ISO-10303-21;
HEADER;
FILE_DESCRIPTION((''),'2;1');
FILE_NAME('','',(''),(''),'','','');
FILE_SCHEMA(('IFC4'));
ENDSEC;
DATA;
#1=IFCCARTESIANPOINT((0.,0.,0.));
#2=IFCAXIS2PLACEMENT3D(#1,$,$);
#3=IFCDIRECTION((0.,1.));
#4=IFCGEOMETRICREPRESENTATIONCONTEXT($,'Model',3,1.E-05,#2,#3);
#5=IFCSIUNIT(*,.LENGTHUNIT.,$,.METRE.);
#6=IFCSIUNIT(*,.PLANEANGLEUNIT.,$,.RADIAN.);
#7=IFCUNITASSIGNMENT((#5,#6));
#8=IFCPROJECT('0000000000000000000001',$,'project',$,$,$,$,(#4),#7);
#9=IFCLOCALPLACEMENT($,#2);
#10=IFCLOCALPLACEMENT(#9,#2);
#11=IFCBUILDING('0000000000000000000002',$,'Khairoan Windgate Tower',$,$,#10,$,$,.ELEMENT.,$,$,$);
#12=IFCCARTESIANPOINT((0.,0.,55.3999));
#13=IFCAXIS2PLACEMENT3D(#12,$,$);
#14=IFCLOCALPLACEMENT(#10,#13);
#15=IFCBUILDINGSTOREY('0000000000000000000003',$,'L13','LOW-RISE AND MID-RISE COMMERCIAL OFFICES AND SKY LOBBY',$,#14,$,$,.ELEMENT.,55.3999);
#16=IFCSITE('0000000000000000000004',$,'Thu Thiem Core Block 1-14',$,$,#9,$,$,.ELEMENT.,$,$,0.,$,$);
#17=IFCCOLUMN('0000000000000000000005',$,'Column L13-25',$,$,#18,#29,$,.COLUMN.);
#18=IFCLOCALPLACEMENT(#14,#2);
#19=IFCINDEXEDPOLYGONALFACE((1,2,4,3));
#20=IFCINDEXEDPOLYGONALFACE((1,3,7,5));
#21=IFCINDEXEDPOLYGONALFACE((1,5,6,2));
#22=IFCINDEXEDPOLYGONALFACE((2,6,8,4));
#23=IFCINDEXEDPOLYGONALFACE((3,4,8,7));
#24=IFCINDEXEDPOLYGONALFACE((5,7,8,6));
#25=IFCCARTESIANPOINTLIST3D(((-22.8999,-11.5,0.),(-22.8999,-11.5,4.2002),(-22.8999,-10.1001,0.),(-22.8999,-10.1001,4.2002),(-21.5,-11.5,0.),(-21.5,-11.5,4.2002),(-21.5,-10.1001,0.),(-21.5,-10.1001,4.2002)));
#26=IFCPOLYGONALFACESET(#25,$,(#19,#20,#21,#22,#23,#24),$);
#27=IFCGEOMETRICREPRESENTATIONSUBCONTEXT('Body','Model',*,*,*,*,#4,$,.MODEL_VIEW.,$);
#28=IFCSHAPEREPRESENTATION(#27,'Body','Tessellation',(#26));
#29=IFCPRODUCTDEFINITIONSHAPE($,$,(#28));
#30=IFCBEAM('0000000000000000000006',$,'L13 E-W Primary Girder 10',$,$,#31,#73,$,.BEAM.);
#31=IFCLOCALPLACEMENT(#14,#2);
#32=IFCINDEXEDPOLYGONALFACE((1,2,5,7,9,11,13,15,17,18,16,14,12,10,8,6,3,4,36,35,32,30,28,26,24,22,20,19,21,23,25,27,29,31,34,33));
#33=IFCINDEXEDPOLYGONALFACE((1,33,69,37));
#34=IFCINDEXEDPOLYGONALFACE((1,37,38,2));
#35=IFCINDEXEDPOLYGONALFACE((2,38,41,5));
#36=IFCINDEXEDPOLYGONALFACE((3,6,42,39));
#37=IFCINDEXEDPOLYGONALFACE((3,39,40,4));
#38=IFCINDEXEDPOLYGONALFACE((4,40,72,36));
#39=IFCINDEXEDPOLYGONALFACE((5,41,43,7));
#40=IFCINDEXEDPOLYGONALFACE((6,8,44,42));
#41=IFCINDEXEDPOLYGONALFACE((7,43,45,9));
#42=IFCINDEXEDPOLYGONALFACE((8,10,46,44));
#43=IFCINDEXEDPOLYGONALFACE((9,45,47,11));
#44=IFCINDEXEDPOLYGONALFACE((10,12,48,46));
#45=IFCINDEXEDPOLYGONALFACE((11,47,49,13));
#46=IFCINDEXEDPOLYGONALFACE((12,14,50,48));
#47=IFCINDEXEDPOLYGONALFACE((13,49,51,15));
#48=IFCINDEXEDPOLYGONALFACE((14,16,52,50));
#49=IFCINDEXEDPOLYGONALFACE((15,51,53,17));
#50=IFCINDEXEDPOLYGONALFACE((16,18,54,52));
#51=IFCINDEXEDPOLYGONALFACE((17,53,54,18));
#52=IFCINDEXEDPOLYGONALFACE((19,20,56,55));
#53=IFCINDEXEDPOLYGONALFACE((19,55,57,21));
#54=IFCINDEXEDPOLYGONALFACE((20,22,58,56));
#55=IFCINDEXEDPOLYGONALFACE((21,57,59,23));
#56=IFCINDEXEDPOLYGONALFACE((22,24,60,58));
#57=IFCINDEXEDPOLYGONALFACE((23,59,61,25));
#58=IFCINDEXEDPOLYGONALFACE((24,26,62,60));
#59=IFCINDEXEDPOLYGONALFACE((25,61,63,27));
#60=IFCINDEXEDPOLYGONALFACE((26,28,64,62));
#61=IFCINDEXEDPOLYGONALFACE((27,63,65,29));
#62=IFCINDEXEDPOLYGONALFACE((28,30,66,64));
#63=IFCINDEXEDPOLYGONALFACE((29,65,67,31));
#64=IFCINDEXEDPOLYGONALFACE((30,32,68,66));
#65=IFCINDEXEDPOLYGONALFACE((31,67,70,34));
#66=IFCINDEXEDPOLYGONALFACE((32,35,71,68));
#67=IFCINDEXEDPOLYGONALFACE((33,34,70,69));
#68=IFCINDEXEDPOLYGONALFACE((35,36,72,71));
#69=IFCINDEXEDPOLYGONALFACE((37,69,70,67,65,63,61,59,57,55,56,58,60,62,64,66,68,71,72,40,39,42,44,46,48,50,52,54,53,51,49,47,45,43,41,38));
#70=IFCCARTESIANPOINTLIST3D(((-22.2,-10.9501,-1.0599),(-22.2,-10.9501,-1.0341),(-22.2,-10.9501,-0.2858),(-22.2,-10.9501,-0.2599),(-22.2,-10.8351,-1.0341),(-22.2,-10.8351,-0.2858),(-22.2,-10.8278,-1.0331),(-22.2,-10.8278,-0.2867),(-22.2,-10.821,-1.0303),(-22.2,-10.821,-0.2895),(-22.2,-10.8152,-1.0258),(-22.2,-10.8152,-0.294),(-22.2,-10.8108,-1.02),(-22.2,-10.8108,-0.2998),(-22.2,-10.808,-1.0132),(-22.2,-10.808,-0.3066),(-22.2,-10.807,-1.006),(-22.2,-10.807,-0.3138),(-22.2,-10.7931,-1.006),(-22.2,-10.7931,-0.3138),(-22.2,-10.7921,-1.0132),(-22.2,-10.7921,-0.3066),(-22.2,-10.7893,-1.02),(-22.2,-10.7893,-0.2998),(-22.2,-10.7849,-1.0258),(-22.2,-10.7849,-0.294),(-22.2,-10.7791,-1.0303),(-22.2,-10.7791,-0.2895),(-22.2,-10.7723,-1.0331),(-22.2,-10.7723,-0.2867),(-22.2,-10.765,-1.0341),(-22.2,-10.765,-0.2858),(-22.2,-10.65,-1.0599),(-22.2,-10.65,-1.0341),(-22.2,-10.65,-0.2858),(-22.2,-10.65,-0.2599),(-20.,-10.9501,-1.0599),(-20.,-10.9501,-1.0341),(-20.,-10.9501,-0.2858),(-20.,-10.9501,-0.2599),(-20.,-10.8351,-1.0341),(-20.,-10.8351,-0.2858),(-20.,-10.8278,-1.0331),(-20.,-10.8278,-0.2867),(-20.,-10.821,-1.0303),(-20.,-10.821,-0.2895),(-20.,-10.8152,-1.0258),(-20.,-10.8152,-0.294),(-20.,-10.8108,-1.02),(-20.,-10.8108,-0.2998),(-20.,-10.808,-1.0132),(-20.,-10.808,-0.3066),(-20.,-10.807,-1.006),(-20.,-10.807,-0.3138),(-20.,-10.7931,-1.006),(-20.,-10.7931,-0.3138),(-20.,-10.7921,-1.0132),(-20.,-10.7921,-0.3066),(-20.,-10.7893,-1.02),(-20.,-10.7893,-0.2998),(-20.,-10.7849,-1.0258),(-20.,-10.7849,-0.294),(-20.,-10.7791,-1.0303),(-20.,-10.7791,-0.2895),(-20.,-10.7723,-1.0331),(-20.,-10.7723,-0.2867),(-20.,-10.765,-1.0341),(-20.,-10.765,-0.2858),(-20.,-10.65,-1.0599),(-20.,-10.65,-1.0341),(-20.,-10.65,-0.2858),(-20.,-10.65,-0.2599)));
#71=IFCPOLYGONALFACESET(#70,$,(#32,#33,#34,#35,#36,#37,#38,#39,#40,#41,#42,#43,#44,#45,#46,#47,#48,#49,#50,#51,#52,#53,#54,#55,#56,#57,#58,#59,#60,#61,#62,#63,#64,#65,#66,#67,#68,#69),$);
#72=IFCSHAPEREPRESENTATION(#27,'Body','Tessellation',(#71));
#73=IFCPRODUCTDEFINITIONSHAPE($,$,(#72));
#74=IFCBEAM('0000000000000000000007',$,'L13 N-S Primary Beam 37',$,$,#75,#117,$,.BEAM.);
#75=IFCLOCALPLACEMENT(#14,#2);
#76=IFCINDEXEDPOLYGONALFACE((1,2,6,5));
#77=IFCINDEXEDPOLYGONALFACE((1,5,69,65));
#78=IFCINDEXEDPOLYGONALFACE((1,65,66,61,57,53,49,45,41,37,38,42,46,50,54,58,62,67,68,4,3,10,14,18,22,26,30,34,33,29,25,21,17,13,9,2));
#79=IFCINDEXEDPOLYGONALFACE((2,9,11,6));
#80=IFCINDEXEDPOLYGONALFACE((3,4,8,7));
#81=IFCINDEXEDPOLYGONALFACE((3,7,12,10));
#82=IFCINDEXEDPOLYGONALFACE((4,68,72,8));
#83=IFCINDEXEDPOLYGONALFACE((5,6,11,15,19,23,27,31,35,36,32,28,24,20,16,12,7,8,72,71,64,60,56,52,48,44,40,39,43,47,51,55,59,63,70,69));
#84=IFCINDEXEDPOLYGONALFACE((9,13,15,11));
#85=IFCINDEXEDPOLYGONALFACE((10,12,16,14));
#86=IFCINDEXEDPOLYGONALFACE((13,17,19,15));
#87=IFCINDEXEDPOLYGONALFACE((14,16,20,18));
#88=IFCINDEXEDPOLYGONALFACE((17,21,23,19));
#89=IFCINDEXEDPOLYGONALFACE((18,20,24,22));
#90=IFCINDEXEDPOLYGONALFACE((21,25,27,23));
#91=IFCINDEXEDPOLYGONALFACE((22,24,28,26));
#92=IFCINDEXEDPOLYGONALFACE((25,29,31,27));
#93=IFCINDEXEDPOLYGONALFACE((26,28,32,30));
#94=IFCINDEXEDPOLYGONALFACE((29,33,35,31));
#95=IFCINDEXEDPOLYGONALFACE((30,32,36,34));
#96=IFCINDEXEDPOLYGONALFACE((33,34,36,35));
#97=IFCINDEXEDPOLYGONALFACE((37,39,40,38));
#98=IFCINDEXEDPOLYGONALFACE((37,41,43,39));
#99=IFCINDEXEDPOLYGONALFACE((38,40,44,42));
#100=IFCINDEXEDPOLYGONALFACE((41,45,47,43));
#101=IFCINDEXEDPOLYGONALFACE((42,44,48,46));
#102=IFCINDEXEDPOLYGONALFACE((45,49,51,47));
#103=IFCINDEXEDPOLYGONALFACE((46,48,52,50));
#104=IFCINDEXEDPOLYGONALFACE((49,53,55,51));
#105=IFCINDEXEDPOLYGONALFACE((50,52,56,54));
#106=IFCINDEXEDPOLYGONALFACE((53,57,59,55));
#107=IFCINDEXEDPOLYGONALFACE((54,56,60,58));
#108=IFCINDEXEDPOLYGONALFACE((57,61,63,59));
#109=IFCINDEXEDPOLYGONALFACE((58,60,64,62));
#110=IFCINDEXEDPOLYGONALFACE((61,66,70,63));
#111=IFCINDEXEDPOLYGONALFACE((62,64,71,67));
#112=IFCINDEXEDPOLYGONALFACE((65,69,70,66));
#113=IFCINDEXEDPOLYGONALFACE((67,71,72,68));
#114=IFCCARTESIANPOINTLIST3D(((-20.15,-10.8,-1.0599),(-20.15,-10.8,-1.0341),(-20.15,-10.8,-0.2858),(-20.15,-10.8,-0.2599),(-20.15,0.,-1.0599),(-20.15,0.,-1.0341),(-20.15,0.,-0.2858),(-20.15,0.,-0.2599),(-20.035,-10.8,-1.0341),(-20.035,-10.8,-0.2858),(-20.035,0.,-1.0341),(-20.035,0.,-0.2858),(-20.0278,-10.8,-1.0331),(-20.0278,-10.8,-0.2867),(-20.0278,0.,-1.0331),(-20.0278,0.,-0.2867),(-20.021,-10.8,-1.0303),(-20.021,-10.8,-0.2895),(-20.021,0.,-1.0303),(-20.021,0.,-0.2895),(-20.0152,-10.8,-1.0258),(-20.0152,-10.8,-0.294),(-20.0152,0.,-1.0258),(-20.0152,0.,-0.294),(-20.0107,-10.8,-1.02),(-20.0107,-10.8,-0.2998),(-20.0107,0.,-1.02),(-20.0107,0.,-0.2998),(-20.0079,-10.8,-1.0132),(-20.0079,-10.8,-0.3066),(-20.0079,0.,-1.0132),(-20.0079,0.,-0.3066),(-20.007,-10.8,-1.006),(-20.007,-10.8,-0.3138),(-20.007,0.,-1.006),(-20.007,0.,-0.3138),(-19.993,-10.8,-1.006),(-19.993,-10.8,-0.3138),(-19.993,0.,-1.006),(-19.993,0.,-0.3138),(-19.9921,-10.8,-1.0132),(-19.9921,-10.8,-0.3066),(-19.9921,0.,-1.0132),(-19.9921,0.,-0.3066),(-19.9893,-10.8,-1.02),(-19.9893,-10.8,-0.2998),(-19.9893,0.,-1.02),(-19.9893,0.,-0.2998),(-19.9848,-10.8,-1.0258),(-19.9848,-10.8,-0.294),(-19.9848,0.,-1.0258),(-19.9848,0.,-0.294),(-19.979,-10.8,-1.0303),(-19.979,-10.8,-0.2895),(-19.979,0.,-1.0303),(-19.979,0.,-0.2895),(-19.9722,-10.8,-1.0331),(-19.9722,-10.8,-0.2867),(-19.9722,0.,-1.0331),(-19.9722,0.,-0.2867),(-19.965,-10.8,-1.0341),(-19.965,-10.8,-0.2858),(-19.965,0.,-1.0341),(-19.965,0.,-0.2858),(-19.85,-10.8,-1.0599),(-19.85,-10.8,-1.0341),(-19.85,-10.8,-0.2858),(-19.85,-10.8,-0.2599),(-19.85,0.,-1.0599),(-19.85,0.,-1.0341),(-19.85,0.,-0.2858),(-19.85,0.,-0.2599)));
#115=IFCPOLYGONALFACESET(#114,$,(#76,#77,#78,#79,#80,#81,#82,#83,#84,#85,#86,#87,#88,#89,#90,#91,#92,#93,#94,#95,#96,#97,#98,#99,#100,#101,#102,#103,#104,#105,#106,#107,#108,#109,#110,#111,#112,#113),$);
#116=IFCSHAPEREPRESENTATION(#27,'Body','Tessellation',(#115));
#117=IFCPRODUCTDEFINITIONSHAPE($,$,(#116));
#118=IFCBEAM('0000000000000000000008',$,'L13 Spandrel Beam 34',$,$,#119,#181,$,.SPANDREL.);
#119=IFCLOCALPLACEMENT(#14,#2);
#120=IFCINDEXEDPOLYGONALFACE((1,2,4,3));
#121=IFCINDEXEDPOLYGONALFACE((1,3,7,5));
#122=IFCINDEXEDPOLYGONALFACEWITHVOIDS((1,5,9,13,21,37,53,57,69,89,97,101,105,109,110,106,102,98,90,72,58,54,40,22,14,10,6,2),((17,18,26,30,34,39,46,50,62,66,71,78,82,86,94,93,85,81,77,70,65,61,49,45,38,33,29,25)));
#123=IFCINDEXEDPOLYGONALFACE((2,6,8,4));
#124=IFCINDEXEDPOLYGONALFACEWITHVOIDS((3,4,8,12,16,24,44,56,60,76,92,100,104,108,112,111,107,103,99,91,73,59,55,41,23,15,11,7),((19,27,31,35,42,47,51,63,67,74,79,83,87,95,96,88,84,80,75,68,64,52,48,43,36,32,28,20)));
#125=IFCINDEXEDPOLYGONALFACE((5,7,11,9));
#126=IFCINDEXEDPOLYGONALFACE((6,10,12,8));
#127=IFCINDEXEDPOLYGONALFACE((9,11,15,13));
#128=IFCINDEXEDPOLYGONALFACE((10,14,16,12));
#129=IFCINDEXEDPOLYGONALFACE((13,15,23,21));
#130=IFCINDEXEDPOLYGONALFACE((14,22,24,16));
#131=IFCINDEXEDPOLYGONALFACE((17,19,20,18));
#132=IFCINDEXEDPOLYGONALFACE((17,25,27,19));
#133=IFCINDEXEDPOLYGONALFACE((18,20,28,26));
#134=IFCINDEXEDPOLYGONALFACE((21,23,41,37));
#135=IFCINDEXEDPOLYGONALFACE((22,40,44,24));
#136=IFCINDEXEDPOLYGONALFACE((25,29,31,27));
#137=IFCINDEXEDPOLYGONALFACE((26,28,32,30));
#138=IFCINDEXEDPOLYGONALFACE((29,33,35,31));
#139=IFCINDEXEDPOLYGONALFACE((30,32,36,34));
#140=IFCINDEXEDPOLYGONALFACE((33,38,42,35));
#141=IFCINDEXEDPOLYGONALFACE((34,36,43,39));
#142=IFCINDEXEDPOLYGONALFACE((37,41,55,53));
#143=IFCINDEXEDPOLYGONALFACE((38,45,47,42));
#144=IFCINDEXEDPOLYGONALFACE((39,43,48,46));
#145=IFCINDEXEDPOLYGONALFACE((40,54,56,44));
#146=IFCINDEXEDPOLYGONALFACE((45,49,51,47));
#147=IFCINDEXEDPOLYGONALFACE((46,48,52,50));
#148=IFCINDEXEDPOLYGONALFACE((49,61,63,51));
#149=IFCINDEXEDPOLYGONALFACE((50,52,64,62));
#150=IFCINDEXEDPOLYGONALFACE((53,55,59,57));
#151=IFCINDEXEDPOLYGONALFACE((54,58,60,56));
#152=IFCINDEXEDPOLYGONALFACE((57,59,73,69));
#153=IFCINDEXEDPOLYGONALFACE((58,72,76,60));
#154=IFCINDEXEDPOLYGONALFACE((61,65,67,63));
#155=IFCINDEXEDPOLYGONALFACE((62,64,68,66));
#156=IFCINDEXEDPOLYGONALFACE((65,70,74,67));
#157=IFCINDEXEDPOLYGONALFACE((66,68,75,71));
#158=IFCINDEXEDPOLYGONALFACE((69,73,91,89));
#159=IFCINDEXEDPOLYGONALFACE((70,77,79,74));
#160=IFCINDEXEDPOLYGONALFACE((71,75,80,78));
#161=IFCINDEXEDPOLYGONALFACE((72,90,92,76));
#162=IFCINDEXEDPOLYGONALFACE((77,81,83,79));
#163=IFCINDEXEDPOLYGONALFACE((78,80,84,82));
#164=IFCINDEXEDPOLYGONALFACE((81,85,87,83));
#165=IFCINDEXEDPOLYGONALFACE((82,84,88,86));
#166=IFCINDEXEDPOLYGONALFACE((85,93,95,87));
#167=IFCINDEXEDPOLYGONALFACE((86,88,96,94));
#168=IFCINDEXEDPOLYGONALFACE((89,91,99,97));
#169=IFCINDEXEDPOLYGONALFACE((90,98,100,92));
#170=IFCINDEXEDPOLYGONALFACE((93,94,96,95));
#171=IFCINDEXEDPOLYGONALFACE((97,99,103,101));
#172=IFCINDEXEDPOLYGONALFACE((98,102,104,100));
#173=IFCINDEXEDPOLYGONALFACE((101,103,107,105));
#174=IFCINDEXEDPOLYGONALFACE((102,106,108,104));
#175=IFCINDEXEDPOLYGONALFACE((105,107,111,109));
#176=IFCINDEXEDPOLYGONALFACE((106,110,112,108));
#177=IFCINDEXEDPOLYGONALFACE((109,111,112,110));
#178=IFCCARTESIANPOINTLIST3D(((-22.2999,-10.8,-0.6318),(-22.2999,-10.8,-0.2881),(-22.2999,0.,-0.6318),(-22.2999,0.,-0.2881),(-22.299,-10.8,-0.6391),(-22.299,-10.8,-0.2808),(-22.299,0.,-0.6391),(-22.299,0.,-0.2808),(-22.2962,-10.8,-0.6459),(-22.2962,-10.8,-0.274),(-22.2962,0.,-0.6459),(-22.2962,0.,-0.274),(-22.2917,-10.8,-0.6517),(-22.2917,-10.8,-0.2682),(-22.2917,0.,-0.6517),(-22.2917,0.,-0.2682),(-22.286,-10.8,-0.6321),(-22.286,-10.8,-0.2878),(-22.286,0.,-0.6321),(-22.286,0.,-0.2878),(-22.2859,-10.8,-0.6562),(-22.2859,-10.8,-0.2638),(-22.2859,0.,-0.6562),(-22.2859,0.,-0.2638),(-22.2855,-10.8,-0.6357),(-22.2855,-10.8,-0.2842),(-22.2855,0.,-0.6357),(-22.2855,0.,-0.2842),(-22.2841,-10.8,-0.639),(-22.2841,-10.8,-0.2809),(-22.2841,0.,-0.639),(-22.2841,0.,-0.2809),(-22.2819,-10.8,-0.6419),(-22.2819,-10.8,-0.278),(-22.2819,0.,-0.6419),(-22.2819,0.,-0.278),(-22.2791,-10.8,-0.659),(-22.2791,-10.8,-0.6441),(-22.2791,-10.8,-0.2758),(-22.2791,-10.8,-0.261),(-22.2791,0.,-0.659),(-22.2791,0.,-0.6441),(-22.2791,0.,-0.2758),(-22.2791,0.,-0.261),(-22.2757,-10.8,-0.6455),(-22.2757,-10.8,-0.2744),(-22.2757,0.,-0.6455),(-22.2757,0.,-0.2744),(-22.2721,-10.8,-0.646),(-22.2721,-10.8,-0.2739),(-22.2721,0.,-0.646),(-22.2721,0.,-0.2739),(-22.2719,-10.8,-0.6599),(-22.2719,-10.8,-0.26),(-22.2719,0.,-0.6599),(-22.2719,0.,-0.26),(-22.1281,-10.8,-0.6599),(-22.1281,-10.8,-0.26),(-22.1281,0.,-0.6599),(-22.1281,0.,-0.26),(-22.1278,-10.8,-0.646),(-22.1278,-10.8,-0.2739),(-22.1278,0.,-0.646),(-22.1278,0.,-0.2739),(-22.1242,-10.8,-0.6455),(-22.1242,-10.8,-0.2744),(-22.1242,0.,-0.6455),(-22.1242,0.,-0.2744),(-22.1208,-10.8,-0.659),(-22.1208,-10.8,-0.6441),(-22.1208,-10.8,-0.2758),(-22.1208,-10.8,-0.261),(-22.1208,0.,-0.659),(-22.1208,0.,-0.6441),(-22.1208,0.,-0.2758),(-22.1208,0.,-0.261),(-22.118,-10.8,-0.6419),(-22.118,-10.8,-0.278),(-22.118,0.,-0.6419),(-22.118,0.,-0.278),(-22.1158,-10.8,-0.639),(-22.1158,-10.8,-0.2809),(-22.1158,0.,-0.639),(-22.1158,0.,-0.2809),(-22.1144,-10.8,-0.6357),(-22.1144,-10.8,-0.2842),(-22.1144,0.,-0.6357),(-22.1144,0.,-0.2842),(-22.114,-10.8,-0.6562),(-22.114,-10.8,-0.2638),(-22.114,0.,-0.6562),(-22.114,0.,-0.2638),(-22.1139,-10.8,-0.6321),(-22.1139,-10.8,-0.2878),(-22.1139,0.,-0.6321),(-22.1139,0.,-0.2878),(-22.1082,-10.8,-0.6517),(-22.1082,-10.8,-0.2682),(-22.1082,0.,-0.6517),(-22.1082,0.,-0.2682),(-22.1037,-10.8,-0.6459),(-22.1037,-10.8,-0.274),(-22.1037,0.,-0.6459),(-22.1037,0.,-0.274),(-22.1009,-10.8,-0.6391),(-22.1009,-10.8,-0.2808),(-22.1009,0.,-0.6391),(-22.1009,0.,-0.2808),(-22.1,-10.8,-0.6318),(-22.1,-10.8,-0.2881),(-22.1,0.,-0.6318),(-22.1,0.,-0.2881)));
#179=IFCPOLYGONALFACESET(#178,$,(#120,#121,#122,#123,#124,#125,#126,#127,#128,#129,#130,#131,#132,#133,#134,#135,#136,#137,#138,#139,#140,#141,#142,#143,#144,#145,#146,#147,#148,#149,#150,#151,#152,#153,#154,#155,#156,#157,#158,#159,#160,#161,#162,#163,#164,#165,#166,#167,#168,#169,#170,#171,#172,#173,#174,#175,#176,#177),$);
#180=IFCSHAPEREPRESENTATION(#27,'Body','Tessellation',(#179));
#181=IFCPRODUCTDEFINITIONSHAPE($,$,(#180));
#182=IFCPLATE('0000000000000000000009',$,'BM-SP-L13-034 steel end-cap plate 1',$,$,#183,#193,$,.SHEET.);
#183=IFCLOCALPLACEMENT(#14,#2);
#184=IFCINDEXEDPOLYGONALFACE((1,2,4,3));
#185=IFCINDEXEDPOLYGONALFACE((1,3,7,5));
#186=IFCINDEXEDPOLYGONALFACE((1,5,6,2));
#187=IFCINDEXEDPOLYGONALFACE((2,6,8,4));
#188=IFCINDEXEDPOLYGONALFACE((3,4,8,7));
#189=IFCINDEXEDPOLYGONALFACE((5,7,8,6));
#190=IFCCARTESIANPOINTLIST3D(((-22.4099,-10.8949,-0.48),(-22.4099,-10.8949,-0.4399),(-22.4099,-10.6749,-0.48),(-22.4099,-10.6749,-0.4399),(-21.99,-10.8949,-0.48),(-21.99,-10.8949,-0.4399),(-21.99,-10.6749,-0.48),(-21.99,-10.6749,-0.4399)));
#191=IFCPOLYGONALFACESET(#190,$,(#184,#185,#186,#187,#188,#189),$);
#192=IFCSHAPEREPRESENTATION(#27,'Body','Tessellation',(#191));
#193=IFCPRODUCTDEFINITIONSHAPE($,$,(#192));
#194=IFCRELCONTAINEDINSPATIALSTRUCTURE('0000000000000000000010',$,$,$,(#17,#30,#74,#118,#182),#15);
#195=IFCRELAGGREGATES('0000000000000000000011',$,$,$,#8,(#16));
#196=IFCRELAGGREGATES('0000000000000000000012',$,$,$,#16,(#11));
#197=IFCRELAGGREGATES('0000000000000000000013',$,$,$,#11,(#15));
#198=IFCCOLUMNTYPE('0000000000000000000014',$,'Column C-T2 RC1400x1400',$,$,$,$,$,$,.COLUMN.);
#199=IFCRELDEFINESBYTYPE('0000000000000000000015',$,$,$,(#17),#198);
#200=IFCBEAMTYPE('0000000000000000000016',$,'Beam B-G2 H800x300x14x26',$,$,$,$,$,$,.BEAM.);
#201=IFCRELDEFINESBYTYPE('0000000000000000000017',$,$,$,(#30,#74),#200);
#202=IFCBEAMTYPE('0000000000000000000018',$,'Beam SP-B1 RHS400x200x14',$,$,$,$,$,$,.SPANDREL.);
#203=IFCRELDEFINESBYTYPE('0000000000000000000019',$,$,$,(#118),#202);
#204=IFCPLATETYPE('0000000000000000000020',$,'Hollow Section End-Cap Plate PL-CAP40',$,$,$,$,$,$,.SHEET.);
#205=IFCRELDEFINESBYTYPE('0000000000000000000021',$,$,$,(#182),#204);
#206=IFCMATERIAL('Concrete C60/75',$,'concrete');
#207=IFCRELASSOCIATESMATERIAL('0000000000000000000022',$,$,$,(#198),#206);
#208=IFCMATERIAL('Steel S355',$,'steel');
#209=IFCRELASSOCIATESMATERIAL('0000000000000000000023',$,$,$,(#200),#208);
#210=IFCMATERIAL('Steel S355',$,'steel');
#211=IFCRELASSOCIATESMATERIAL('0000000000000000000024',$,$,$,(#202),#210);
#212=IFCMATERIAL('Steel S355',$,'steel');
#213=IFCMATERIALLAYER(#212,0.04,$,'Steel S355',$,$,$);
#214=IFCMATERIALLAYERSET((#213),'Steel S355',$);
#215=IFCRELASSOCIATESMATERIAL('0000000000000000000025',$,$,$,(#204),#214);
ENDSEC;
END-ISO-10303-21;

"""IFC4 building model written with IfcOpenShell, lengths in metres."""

from ifc_helpers import new_model, si_unit, direction, frame, origin, origin_2d, place, context, subcontext, project, spatial, rectangle, hollow_rectangle, i_section, extrude, material, layer, layer_set, material_profile, profile_set, type_object, element, save


model = new_model("IFC4")

# Units and contexts
model_context = context("Model", 3, precision=1e-05, world=origin(), true_north=direction((0.0, 1.0)))
body_context = subcontext(model_context, "Body", "Model", "MODEL_VIEW")
ifc_project = project(units=[si_unit("LENGTHUNIT", "METRE"), si_unit("PLANEANGLEUNIT", "RADIAN")], contexts=[model_context])

# Site, building, storey
site_placement = place(None, origin())
site = spatial("IfcSite", under=ifc_project, at=site_placement, Name="Thu Thiem Core Block 1-14", CompositionType="ELEMENT", RefElevation=0.0)
building_placement = place(site_placement, origin())
building = spatial("IfcBuilding", under=site, at=building_placement, Name="Khairoan Windgate Tower", CompositionType="ELEMENT")
storey_placement = place(building_placement, frame((0.0, 0.0, 55.3999)))
storey = spatial("IfcBuildingStorey", under=building, at=storey_placement, Name="L13", Description="LOW-RISE AND MID-RISE COMMERCIAL OFFICES AND SKY LOBBY", CompositionType="ELEMENT", Elevation=55.3999)

# Column
ifc_material_1 = material(Name="Concrete C60/75", Category="concrete")
ifc_material_profile_1 = material_profile(ifc_material_1, rectangle(XDim=1.3999, YDim=1.3999, at=origin_2d()))
ifc_profile_set_1 = profile_set([ifc_material_profile_1], Name="Concrete C60/75")
column_type = type_object("IfcColumnType", Name="Column C-T2 RC1400x1400", PredefinedType="COLUMN", material=ifc_profile_set_1)
column_placement = place(storey_placement, frame((-22.2, -10.8, 0.0), z_axis=(0.0, 0.0, 1.0), x_axis=(1.0, 0.0, 0.0)))
element("IfcColumn", 1, at=column_placement, inside=storey, type_object=column_type, Name="Column L13-25", PredefinedType="COLUMN", context=body_context, shape_type="SweptSolid", body=[
    extrude(rectangle(XDim=1.3999, YDim=1.3999, at=origin_2d()), origin(), (0.0, 0.0, 1.0), 4.2002),
])

# Beams
ifc_material_2 = material(Name="Steel S355", Category="steel")
ifc_material_profile_2 = material_profile(ifc_material_2, i_section(OverallWidth=0.3, OverallDepth=0.8, WebThickness=0.0139, FlangeThickness=0.0259, FilletRadius=0.0281, at=origin_2d()))
ifc_profile_set_2 = profile_set([ifc_material_profile_2], Name="Steel S355")
beam_type_1 = type_object("IfcBeamType", Name="Beam B-G2 H800x300x14x26", PredefinedType="BEAM", material=ifc_profile_set_2)
beam_1_placement = place(storey_placement, frame((-22.2, -10.8, -0.6599), z_axis=(1.0, 0.0, 0.0), x_axis=(0.0, 1.0, 0.0)))
element("IfcBeam", 2, at=beam_1_placement, inside=storey, type_object=beam_type_1, Name="L13 E-W Primary Girder 10", PredefinedType="BEAM", context=body_context, shape_type="SweptSolid", body=[
    extrude(i_section(OverallWidth=0.3, OverallDepth=0.8, WebThickness=0.0139, FlangeThickness=0.0259, FilletRadius=0.0281, at=origin_2d()), origin(), (0.0, 0.0, 1.0), 2.2),
])
beam_2_placement = place(storey_placement, frame((-20.0, -10.8, -0.6599), z_axis=(0.0, 1.0, 0.0), x_axis=(-1.0, 0.0, 0.0)))
element("IfcBeam", 3, at=beam_2_placement, inside=storey, type_object=beam_type_1, Name="L13 N-S Primary Beam 37", PredefinedType="BEAM", context=body_context, shape_type="SweptSolid", body=[
    extrude(i_section(OverallWidth=0.3, OverallDepth=0.8, WebThickness=0.0139, FlangeThickness=0.0259, FilletRadius=0.0281, at=origin_2d()), origin(), (0.0, 0.0, 1.0), 10.8),
])
ifc_material_3 = material(Name="Steel S355", Category="steel")
ifc_material_profile_3 = material_profile(ifc_material_3, hollow_rectangle(XDim=0.2, YDim=0.3999, WallThickness=0.0139, InnerFilletRadius=0.0139, OuterFilletRadius=0.0281, at=origin_2d()))
ifc_profile_set_3 = profile_set([ifc_material_profile_3], Name="Steel S355")
beam_type_2 = type_object("IfcBeamType", Name="Beam SP-B1 RHS400x200x14", PredefinedType="SPANDREL", material=ifc_profile_set_3)
beam_3_placement = place(storey_placement, frame((-22.2, -10.8, -0.46), z_axis=(0.0, 1.0, 0.0), x_axis=(-1.0, 0.0, 0.0)))
element("IfcBeam", 4, at=beam_3_placement, inside=storey, type_object=beam_type_2, Name="L13 Spandrel Beam 34", PredefinedType="SPANDREL", context=body_context, shape_type="SweptSolid", body=[
    extrude(hollow_rectangle(XDim=0.2, YDim=0.3999, WallThickness=0.0139, InnerFilletRadius=0.0139, OuterFilletRadius=0.0281, at=origin_2d()), origin(), (0.0, 0.0, 1.0), 10.8),
])

# Plate
ifc_material_4 = material(Name="Steel S355", Category="steel")
ifc_layer_1 = layer(ifc_material_4, 0.04, Name="Steel S355")
ifc_layer_set_1 = layer_set([ifc_layer_1], Name="Steel S355")
plate_type_1 = type_object("IfcPlateType", Name="Hollow Section End-Cap Plate PL-CAP40", PredefinedType="SHEET", material=ifc_layer_set_1)
for number, where, z_axis, x_axis, name in (
    (5, (-22.2, -10.7849, -0.48), (0.0, 0.0, 1.0), (0.0, 1.0, 0.0), "BM-SP-L13-034 steel end-cap plate 1"),
):
    element("IfcPlate", number, at=place(storey_placement, frame(where, z_axis=z_axis, x_axis=x_axis)), inside=storey, type_object=plate_type_1, Name=name, PredefinedType="SHEET", context=body_context, shape_type="SweptSolid", body=[
        extrude(rectangle(XDim=0.22, YDim=0.4199, at=origin_2d()), origin(), (0.0, 0.0, 1.0), 0.04),
    ])

save(model, "model.ifc")
